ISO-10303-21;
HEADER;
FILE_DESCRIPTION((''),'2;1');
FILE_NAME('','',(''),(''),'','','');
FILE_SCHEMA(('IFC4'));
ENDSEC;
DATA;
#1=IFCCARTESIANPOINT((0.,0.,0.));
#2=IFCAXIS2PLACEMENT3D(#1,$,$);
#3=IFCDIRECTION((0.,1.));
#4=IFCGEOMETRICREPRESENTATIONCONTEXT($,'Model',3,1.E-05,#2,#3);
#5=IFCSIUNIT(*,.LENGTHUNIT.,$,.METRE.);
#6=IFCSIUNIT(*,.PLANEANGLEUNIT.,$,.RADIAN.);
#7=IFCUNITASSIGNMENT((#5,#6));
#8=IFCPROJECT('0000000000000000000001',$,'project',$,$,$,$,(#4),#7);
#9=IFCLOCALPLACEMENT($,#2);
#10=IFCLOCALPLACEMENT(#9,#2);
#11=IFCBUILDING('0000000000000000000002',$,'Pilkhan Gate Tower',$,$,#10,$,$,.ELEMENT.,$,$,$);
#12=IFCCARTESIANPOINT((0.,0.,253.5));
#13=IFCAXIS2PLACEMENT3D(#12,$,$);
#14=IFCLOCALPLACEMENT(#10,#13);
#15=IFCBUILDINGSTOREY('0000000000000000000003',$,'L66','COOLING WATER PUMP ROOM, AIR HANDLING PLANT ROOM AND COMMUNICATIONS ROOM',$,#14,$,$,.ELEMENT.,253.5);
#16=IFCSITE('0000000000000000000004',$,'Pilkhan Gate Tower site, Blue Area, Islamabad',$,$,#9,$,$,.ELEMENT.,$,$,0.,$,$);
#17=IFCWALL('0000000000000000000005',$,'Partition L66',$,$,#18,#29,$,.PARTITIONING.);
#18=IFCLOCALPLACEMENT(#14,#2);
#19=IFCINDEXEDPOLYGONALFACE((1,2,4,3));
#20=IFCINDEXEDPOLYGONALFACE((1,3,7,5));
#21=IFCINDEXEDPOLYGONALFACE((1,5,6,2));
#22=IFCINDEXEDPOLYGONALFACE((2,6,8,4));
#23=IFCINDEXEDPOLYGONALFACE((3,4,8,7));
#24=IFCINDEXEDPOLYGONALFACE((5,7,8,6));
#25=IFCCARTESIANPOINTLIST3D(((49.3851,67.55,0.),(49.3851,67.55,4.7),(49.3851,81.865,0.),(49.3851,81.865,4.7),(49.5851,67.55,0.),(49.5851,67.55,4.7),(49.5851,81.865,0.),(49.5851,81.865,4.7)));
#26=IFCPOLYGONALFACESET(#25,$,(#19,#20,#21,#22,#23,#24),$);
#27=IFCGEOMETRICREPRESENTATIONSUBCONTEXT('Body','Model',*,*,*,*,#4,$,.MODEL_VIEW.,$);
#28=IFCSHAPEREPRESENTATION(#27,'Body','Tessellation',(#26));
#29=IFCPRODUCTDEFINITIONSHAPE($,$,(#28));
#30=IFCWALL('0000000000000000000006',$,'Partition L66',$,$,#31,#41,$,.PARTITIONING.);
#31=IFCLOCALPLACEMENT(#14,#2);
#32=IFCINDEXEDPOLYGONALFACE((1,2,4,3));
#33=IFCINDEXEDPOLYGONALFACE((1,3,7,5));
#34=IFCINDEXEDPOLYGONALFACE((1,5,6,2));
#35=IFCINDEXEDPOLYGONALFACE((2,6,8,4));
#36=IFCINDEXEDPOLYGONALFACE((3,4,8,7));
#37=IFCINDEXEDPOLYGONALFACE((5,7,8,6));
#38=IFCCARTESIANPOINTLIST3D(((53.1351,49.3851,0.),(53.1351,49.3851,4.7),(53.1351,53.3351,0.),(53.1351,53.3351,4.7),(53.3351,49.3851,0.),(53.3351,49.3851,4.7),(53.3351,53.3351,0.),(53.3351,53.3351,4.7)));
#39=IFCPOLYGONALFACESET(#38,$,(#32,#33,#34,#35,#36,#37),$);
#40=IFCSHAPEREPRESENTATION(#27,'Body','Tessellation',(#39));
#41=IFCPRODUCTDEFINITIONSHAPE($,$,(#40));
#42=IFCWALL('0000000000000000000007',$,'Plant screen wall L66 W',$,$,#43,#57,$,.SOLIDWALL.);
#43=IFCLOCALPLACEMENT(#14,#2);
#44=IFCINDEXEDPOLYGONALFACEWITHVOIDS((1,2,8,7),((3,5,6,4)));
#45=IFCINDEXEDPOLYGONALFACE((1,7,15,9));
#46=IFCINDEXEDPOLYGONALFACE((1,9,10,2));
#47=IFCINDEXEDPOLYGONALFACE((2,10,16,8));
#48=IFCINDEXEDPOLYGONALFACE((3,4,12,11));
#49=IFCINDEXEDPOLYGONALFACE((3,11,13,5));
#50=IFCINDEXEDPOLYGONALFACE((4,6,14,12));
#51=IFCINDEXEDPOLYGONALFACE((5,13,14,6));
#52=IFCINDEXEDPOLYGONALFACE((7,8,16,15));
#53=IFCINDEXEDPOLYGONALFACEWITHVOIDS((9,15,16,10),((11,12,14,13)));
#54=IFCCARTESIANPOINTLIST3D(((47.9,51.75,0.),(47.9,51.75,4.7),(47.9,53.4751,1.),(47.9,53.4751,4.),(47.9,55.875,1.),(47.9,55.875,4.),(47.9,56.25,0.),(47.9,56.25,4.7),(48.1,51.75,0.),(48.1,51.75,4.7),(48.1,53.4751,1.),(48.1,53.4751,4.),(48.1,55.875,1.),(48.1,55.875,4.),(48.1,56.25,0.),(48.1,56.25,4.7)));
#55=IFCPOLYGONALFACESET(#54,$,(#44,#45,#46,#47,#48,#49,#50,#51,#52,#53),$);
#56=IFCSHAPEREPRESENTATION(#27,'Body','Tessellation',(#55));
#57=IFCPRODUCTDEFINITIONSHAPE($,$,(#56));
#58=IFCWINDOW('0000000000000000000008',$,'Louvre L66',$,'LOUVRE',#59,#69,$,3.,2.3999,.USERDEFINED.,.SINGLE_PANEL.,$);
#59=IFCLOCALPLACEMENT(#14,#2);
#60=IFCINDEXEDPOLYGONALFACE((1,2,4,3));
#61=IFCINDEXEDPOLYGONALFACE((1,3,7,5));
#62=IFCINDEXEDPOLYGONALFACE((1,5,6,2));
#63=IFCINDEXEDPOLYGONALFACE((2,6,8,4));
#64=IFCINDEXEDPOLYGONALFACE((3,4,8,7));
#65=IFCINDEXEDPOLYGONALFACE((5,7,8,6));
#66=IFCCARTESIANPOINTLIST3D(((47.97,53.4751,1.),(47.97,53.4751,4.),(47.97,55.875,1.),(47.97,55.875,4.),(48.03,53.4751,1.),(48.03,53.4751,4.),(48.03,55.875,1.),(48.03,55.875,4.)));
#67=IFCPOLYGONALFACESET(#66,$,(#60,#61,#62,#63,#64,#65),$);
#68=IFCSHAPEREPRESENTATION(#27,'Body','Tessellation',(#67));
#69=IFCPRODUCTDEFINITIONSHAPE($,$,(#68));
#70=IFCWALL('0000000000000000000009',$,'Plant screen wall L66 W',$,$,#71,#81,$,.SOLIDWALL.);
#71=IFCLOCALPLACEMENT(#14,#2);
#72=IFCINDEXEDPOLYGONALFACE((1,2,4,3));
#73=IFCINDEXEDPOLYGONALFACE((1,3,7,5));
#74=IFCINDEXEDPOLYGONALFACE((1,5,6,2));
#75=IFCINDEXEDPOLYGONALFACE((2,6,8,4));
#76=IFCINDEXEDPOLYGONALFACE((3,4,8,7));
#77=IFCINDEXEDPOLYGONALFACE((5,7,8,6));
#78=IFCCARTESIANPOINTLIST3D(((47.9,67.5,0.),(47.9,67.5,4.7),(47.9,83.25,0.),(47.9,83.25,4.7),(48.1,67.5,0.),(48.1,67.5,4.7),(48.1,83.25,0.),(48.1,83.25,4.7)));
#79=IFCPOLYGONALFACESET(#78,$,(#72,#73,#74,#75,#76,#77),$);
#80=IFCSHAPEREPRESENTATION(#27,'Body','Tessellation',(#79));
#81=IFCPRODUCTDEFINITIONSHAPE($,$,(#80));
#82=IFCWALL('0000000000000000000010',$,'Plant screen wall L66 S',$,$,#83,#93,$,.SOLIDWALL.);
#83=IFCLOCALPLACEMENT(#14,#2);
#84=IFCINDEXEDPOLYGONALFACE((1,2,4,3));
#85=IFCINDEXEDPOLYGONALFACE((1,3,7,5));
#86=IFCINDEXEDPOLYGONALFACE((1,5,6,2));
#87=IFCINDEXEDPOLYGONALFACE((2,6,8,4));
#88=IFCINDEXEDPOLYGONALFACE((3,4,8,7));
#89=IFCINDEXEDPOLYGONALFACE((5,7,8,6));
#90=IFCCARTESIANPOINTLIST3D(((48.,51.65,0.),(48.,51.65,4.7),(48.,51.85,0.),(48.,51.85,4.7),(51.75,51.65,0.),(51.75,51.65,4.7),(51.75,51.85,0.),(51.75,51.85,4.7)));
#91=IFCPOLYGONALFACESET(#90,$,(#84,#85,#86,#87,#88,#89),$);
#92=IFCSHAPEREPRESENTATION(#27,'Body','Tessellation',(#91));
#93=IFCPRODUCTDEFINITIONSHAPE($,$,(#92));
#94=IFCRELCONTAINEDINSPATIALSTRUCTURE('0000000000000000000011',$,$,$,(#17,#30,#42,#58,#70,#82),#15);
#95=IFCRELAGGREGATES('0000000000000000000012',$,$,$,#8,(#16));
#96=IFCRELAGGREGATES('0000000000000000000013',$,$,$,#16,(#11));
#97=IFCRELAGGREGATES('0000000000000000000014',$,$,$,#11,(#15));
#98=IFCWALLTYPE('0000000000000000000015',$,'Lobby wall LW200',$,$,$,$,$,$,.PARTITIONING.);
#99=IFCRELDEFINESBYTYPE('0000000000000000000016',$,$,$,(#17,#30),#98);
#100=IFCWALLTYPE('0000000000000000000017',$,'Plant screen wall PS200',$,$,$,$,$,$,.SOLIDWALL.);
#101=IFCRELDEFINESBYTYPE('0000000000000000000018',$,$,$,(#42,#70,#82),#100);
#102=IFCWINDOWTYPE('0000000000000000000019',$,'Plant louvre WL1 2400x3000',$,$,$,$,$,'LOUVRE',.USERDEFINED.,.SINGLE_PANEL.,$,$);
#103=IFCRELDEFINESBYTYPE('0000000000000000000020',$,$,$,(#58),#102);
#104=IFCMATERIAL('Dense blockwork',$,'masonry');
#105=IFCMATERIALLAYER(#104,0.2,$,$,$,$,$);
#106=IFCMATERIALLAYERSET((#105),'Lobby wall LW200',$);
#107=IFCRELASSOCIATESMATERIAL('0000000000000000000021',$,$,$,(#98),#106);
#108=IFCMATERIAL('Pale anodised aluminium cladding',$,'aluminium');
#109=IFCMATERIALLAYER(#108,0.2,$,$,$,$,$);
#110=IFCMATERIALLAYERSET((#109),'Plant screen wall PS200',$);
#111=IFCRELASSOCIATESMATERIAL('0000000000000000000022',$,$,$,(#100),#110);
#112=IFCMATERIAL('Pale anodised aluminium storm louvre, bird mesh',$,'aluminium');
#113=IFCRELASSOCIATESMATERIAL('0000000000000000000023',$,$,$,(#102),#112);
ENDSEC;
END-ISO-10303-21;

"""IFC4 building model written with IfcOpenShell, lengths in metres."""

from ifc_helpers import new_model, si_unit, direction, frame, frame_2d, origin, place, context, subcontext, project, spatial, rectangle, extrude, material, layer, layer_set, type_object, element, fill, save


model = new_model("IFC4")

# Units and contexts
model_context = context("Model", 3, precision=1e-05, world=origin(), true_north=direction((0.0, 1.0)))
body_context = subcontext(model_context, "Body", "Model", "MODEL_VIEW")
ifc_project = project(units=[si_unit("LENGTHUNIT", "METRE"), si_unit("PLANEANGLEUNIT", "RADIAN")], contexts=[model_context])

# Site, building, storey
site_placement = place(None, origin())
site = spatial("IfcSite", under=ifc_project, at=site_placement, Name="Pilkhan Gate Tower site, Blue Area, Islamabad", CompositionType="ELEMENT", RefElevation=0.0)
building_placement = place(site_placement, origin())
building = spatial("IfcBuilding", under=site, at=building_placement, Name="Pilkhan Gate Tower", CompositionType="ELEMENT")
storey_placement = place(building_placement, frame((0.0, 0.0, 253.5)))
storey = spatial("IfcBuildingStorey", under=building, at=storey_placement, Name="L66", Description="COOLING WATER PUMP ROOM, AIR HANDLING PLANT ROOM AND COMMUNICATIONS ROOM", CompositionType="ELEMENT", Elevation=253.5)

# Walls
ifc_material_1 = material(Name="Dense blockwork", Category="masonry")
ifc_layer_1 = layer(ifc_material_1, 0.2)
ifc_layer_set_1 = layer_set([ifc_layer_1], Name="Lobby wall LW200")
wall_type_1 = type_object("IfcWallType", Name="Lobby wall LW200", PredefinedType="PARTITIONING", material=ifc_layer_set_1)
wall_1_placement = place(storey_placement, frame((49.4851, 67.55, 0.0), z_axis=(0.0, 0.0, 1.0), x_axis=(0.0, 1.0, 0.0)))
element("IfcWall", 1, at=wall_1_placement, inside=storey, type_object=wall_type_1, Name="Partition L66", PredefinedType="PARTITIONING", context=body_context, shape_type="SweptSolid", body=[
    extrude(rectangle(XDim=14.3149, YDim=0.2, at=frame_2d((7.1575, 0.0))), origin(), (0.0, 0.0, 1.0), 4.7),
])
wall_2_placement = place(storey_placement, frame((53.2351, 49.385, 0.0), z_axis=(0.0, 0.0, 1.0), x_axis=(0.0, 1.0, 0.0)))
element("IfcWall", 2, at=wall_2_placement, inside=storey, type_object=wall_type_1, Name="Partition L66", PredefinedType="PARTITIONING", context=body_context, shape_type="SweptSolid", body=[
    extrude(rectangle(XDim=3.95, YDim=0.2, at=frame_2d((1.9751, 0.0))), origin(), (0.0, 0.0, 1.0), 4.7),
])

# Wall, opening, window
ifc_material_2 = material(Name="Pale anodised aluminium cladding", Category="aluminium")
ifc_layer_2 = layer(ifc_material_2, 0.2)
ifc_layer_set_2 = layer_set([ifc_layer_2], Name="Plant screen wall PS200")
wall_type_2 = type_object("IfcWallType", Name="Plant screen wall PS200", PredefinedType="SOLIDWALL", material=ifc_layer_set_2)
wall_3_placement = place(storey_placement, frame((48.0, 51.75, 0.0), z_axis=(0.0, 0.0, 1.0), x_axis=(0.0, 1.0, 0.0)))
wall_3 = element("IfcWall", 3, at=wall_3_placement, inside=storey, type_object=wall_type_2, Name="Plant screen wall L66 W", PredefinedType="SOLIDWALL", context=body_context, shape_type="SweptSolid", body=[
    extrude(rectangle(XDim=4.5, YDim=0.2, at=frame_2d((2.25, 0.0))), origin(), (0.0, 0.0, 1.0), 4.7),
])
opening_placement = place(wall_3_placement, frame((1.7251, 0.0, 1.0)))
opening = element("IfcOpeningElement", 4, at=opening_placement, cuts=wall_3, PredefinedType="OPENING", context=body_context, shape_type="SweptSolid", body=[
    extrude(rectangle(XDim=2.3999, YDim=3.0, at=frame_2d((1.2, 1.5))), frame((0.0, 0.1099, 0.0), z_axis=(0.0, -1.0, 0.0), x_axis=(1.0, 0.0, 0.0)), (0.0, 0.0, 1.0), 0.22),
])
ifc_material_3 = material(Name="Pale anodised aluminium storm louvre, bird mesh", Category="aluminium")
window_type = type_object("IfcWindowType", Name="Plant louvre WL1 2400x3000", ElementType="LOUVRE", PartitioningType="SINGLE_PANEL", PredefinedType="USERDEFINED", material=ifc_material_3)
window_placement = place(opening_placement, origin())
window = element("IfcWindow", 5, at=window_placement, inside=storey, type_object=window_type, Name="Louvre L66", ObjectType="LOUVRE", OverallHeight=3.0, OverallWidth=2.3999, PartitioningType="SINGLE_PANEL", PredefinedType="USERDEFINED", context=body_context, shape_type="SweptSolid", body=[
    extrude(rectangle(XDim=2.3999, YDim=3.0, at=frame_2d((1.2, 1.5))), frame((0.0, 0.03, 0.0), z_axis=(0.0, -1.0, 0.0), x_axis=(1.0, 0.0, 0.0)), (0.0, 0.0, 1.0), 0.0601),
])
fill(opening, window)

# Walls
wall_4_placement = place(storey_placement, frame((48.0, 67.5, 0.0), z_axis=(0.0, 0.0, 1.0), x_axis=(0.0, 1.0, 0.0)))
element("IfcWall", 6, at=wall_4_placement, inside=storey, type_object=wall_type_2, Name="Plant screen wall L66 W", PredefinedType="SOLIDWALL", context=body_context, shape_type="SweptSolid", body=[
    extrude(rectangle(XDim=15.75, YDim=0.2, at=frame_2d((7.875, 0.0))), origin(), (0.0, 0.0, 1.0), 4.7),
])
wall_5_placement = place(storey_placement, frame((48.0, 51.75, 0.0), z_axis=(0.0, 0.0, 1.0), x_axis=(1.0, 0.0, 0.0)))
element("IfcWall", 7, at=wall_5_placement, inside=storey, type_object=wall_type_2, Name="Plant screen wall L66 S", PredefinedType="SOLIDWALL", context=body_context, shape_type="SweptSolid", body=[
    extrude(rectangle(XDim=3.75, YDim=0.2, at=frame_2d((1.875, 0.0))), origin(), (0.0, 0.0, 1.0), 4.7),
])

save(model, "model.ifc")
